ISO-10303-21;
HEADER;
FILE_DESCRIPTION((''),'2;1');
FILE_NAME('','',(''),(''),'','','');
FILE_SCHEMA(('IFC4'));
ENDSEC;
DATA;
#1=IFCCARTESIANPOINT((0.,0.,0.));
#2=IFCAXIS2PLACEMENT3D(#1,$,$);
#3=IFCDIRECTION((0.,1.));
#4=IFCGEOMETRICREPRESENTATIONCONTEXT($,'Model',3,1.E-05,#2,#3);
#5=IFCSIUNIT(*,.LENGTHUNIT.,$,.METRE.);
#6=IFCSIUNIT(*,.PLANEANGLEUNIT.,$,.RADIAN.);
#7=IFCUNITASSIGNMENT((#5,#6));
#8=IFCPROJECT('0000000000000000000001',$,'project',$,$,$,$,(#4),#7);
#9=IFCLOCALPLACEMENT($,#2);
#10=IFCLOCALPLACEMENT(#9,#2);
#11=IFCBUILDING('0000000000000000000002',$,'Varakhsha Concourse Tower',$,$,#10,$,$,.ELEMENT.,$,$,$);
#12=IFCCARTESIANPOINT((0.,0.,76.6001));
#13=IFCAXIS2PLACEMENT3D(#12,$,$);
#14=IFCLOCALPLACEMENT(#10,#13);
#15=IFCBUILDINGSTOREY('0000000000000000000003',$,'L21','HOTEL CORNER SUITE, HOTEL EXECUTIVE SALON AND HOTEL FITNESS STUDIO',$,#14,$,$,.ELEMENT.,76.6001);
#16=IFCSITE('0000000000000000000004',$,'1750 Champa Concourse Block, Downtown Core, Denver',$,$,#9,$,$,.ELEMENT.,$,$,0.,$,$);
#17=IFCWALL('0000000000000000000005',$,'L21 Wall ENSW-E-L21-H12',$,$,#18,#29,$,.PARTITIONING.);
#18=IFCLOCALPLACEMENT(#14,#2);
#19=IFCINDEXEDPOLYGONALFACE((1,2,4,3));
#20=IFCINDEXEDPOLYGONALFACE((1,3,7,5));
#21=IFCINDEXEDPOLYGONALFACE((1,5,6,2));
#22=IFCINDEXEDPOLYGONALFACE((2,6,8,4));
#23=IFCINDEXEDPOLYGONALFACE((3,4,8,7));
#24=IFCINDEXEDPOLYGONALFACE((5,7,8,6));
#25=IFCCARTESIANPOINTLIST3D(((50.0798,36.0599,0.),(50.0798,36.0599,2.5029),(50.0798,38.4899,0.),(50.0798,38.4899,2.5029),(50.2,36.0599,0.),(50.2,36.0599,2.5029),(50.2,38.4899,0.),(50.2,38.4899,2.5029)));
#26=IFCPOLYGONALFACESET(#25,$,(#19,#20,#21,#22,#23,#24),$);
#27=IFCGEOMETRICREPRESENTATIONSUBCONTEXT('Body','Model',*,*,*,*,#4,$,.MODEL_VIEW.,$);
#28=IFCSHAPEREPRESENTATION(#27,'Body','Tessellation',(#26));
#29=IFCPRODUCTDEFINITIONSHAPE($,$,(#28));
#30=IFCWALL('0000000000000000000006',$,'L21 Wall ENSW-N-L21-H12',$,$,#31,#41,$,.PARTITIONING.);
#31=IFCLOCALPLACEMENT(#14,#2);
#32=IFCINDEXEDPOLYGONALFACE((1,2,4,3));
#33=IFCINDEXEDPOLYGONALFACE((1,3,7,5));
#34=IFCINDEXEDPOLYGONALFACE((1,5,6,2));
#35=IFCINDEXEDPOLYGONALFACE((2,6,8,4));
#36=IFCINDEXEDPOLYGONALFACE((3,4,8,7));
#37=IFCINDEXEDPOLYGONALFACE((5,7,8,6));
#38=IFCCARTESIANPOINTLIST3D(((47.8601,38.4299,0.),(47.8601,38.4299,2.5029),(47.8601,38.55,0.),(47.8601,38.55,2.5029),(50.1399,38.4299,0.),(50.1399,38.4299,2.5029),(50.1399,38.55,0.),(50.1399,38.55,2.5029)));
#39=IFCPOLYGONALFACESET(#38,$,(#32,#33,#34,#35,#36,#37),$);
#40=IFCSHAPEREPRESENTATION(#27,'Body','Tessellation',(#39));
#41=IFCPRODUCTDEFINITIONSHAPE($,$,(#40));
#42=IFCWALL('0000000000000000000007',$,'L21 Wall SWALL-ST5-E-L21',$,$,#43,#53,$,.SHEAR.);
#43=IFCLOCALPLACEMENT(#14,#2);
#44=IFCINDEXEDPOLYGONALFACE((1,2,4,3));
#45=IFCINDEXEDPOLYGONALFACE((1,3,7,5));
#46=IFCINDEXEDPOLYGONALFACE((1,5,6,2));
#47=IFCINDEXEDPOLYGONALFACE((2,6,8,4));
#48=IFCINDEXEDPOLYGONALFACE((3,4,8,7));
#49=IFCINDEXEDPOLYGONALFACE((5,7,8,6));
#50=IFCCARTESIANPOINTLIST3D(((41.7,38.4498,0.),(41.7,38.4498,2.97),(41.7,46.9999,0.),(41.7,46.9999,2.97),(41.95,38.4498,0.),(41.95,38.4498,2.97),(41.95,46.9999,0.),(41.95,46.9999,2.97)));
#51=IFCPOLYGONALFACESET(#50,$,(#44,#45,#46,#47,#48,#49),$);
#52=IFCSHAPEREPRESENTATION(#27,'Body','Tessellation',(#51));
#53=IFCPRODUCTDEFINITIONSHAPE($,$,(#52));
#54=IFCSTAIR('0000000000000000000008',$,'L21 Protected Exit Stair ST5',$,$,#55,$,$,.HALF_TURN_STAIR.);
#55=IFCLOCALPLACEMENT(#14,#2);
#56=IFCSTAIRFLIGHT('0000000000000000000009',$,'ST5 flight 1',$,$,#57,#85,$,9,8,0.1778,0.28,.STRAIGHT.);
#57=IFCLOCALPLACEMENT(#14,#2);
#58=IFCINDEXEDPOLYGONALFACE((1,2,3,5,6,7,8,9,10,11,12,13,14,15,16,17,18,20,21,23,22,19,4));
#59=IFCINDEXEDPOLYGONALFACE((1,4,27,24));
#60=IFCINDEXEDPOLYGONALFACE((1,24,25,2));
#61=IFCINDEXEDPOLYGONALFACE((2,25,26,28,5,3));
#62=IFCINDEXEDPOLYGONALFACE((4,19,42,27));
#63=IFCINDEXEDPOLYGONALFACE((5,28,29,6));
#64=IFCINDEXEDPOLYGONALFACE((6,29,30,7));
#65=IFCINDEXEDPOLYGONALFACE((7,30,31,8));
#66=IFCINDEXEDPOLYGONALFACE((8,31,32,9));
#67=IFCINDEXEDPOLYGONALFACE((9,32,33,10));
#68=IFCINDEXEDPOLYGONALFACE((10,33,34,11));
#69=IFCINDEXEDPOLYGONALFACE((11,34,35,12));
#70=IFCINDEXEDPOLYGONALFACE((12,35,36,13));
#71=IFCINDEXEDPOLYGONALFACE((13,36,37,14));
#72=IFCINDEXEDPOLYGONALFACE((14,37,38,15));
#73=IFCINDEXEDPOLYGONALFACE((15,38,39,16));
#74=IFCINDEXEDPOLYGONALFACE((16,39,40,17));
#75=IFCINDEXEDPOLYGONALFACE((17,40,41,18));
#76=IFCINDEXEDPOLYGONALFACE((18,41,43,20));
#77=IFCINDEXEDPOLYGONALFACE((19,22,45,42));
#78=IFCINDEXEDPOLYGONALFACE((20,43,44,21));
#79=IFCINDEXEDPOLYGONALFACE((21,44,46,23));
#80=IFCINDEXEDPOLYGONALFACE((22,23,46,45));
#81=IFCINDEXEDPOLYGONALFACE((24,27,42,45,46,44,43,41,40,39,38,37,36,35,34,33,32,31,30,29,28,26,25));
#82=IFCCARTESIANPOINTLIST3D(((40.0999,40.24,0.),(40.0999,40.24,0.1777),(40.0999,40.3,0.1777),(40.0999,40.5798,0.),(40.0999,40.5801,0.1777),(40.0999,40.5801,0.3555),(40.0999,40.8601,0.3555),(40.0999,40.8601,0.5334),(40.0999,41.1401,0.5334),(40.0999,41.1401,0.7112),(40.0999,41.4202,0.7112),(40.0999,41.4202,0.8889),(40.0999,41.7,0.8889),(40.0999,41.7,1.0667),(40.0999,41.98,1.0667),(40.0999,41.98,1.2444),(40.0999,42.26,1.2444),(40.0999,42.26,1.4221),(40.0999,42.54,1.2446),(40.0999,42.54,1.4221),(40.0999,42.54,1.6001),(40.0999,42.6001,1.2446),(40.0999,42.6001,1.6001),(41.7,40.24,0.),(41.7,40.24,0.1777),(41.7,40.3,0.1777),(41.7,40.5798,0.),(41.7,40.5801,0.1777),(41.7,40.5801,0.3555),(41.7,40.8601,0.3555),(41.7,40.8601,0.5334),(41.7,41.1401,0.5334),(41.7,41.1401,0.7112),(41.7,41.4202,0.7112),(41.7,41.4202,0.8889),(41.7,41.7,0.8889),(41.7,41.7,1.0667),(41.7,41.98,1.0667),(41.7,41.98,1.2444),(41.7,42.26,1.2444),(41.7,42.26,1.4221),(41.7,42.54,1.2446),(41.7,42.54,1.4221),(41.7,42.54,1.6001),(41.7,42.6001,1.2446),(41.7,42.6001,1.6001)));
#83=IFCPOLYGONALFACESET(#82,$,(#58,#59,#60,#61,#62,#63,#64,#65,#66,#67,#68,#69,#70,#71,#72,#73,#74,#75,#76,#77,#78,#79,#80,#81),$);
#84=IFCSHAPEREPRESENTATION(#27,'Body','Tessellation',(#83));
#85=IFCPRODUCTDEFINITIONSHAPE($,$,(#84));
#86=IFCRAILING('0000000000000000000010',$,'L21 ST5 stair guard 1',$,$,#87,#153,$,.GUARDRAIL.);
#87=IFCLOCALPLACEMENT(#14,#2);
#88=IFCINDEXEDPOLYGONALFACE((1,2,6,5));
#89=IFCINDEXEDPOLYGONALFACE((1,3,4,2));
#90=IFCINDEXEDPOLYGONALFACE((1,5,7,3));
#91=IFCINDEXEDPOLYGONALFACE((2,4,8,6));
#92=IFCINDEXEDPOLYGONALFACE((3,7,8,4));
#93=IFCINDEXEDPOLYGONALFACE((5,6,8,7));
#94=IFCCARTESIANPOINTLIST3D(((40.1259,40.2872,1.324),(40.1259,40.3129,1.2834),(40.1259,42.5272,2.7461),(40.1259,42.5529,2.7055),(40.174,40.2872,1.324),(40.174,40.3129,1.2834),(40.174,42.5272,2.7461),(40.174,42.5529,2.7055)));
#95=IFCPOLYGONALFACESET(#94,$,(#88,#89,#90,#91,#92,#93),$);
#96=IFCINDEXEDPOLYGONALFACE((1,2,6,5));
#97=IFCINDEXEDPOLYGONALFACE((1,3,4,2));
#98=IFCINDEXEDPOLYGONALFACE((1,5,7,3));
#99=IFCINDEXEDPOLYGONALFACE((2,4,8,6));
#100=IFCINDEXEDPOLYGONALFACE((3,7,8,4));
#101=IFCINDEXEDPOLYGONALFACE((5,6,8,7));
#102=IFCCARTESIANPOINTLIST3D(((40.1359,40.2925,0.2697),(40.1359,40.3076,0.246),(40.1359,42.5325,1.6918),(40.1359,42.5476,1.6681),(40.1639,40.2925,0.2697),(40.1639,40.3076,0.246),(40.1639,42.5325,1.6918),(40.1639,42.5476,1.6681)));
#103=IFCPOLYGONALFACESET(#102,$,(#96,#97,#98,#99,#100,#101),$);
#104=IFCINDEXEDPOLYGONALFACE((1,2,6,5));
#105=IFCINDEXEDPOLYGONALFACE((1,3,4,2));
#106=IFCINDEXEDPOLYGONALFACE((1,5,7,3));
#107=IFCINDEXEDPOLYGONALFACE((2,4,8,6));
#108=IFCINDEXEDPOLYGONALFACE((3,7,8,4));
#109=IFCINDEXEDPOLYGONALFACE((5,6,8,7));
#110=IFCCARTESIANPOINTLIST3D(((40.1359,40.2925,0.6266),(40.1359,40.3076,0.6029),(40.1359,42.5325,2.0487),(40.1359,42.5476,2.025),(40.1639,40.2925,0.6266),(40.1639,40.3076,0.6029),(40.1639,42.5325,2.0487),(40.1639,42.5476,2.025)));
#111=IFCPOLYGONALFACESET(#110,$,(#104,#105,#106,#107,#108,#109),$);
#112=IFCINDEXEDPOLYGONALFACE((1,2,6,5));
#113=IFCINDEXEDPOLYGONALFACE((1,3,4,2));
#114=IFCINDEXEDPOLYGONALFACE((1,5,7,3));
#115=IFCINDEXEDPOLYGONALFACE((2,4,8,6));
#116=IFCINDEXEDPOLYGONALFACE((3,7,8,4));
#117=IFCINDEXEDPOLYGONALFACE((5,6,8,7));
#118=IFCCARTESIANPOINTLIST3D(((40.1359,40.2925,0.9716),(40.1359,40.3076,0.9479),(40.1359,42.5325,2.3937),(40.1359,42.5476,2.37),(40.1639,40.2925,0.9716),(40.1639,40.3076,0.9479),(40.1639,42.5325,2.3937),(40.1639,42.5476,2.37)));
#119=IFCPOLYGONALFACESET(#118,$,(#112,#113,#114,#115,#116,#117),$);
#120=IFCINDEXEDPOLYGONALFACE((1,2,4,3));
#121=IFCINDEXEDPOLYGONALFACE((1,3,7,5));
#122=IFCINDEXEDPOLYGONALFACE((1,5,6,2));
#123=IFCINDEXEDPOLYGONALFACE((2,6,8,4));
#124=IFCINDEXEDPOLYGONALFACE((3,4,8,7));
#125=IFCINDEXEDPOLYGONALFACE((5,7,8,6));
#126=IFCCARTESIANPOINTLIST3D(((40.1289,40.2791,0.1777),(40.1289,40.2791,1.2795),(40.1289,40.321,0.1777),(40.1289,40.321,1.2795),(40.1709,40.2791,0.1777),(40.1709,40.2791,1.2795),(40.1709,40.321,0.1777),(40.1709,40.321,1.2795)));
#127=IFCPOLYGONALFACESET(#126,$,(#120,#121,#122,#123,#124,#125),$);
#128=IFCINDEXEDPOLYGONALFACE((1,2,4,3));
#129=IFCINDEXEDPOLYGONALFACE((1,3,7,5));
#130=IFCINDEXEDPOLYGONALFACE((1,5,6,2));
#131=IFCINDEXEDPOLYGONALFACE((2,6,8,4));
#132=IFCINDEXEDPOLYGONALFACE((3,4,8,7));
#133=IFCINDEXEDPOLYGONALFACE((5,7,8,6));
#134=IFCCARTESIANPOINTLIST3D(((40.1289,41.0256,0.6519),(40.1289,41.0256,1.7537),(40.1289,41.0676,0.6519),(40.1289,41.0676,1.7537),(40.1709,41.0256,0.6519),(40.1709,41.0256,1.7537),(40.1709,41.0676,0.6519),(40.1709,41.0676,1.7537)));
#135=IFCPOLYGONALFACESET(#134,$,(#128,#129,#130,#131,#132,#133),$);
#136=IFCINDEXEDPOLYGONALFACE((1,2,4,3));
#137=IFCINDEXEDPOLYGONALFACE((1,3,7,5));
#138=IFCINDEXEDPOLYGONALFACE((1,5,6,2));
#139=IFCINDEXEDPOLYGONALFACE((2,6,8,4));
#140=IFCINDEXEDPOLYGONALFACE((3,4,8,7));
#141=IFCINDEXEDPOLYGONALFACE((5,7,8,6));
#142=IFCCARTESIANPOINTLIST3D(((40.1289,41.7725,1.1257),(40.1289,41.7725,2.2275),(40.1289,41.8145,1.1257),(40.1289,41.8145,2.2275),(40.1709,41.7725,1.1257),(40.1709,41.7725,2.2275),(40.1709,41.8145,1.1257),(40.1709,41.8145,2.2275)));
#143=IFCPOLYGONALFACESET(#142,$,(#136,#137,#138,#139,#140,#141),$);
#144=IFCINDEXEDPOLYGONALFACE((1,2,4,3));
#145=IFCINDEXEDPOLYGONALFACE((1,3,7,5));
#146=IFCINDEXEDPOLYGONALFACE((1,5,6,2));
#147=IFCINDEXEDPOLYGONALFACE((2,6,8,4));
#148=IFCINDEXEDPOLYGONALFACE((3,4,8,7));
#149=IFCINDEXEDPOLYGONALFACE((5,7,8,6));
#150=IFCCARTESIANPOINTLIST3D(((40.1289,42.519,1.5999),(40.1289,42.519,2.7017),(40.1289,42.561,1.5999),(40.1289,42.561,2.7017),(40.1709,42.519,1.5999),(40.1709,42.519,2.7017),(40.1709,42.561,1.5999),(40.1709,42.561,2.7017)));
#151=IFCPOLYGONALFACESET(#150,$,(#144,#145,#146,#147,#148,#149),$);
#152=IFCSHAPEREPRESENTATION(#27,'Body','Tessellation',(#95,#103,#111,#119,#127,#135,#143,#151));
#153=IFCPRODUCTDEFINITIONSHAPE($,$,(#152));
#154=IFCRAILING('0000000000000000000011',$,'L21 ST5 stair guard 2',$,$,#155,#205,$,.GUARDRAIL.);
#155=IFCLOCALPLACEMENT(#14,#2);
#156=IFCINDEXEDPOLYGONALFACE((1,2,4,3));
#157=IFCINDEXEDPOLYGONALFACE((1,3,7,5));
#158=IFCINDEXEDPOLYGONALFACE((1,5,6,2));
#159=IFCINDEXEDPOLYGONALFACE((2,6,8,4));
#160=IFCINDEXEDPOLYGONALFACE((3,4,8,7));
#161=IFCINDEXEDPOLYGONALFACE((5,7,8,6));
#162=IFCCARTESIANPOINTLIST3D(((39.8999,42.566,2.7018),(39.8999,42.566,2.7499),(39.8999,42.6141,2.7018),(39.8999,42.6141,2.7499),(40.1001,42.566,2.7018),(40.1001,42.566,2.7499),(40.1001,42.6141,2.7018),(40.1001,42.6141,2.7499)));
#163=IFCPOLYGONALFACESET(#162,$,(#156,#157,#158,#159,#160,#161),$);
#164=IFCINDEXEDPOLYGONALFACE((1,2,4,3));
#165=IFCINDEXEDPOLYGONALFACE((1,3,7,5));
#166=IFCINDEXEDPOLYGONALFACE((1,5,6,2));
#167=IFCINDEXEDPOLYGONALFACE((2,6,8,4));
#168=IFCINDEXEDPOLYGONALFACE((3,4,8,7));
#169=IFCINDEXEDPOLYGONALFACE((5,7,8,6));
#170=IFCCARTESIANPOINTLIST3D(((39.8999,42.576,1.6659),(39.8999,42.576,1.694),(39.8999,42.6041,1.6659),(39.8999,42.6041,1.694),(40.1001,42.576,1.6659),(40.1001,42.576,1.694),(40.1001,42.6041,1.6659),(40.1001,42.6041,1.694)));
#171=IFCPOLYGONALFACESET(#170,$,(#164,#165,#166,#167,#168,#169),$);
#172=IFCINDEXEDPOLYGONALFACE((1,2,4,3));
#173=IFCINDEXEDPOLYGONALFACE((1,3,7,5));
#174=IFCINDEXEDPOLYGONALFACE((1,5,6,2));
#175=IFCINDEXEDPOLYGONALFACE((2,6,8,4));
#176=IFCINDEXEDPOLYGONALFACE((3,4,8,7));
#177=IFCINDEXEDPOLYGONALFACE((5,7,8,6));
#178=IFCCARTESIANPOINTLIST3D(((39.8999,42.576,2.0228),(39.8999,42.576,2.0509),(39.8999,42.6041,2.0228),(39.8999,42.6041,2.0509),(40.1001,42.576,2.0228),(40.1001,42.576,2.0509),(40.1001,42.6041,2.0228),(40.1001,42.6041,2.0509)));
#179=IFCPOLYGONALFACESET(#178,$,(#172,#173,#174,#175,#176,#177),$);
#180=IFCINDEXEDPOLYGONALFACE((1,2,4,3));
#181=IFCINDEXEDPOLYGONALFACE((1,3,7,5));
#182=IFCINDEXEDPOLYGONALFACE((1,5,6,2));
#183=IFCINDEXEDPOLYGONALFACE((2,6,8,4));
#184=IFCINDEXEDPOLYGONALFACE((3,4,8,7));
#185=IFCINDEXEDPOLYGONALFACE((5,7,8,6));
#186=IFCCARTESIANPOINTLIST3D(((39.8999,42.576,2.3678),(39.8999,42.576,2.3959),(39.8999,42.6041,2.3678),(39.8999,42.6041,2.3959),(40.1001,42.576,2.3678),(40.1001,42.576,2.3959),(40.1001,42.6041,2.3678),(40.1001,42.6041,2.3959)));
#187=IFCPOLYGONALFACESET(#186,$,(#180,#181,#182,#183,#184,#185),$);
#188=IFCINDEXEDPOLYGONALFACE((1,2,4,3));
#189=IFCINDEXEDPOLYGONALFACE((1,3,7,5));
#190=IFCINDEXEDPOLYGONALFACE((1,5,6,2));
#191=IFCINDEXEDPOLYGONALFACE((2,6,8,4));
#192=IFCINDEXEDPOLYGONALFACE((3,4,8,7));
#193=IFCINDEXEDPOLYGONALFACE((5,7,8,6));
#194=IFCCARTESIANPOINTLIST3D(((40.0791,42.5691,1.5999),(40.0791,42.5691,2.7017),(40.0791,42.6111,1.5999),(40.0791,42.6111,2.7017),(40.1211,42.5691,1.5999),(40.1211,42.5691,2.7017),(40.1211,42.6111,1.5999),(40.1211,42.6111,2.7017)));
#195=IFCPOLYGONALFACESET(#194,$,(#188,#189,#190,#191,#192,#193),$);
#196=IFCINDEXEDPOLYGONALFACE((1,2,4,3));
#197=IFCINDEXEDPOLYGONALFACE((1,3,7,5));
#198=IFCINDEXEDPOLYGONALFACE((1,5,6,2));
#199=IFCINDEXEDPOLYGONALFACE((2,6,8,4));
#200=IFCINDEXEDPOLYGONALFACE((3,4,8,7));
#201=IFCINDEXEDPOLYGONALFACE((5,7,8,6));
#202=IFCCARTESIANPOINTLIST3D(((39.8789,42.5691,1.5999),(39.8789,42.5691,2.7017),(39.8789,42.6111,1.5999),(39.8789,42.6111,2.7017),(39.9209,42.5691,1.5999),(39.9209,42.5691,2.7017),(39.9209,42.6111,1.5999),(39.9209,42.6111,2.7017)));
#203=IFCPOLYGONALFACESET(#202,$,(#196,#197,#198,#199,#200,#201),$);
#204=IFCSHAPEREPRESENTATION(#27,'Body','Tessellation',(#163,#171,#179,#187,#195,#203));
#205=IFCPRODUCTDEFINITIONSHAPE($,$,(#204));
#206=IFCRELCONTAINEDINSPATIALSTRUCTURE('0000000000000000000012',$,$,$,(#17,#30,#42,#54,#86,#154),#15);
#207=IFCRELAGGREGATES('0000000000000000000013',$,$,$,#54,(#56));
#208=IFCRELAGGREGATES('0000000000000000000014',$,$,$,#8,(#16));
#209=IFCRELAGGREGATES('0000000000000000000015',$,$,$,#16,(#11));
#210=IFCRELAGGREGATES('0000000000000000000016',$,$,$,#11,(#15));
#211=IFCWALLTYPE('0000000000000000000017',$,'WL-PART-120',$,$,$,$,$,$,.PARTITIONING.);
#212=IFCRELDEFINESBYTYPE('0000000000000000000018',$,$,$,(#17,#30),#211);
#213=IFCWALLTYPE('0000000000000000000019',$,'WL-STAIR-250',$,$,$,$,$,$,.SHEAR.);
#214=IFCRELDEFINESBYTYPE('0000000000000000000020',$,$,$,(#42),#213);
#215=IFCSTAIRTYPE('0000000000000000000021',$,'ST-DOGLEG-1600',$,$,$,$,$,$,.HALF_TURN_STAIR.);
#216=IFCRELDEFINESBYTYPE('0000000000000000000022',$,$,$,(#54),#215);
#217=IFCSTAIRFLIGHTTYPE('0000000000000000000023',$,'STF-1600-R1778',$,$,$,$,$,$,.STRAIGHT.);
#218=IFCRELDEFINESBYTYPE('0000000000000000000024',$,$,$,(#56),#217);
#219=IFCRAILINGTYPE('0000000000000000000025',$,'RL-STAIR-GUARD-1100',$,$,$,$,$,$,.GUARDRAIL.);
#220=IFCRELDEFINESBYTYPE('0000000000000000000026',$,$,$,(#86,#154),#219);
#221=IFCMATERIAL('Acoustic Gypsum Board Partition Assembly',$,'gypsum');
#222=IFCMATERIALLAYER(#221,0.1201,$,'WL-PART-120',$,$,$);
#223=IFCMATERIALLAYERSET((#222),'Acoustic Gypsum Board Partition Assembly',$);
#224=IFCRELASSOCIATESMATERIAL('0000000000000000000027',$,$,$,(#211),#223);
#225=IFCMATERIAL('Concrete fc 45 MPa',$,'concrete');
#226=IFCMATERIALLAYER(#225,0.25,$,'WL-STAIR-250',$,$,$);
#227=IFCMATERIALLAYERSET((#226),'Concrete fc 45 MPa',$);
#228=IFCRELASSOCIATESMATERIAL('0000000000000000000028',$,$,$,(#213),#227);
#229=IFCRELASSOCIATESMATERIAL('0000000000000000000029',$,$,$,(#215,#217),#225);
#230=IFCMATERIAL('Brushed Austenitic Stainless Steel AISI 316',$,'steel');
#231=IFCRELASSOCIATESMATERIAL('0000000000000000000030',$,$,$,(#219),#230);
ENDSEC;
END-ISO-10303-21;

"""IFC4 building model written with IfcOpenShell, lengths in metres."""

from ifc_helpers import new_model, si_unit, direction, frame, frame_2d, origin, origin_2d, place, context, subcontext, project, spatial, polyline, rectangle, outline, extrude, material, layer, layer_set, type_object, element, aggregate, save


model = new_model("IFC4")

# Units and contexts
model_context = context("Model", 3, precision=1e-05, world=origin(), true_north=direction((0.0, 1.0)))
body_context = subcontext(model_context, "Body", "Model", "MODEL_VIEW")
ifc_project = project(units=[si_unit("LENGTHUNIT", "METRE"), si_unit("PLANEANGLEUNIT", "RADIAN")], contexts=[model_context])

# Site, building, storey
site_placement = place(None, origin())
site = spatial("IfcSite", under=ifc_project, at=site_placement, Name="1750 Champa Concourse Block, Downtown Core, Denver", CompositionType="ELEMENT", RefElevation=0.0)
building_placement = place(site_placement, origin())
building = spatial("IfcBuilding", under=site, at=building_placement, Name="Varakhsha Concourse Tower", CompositionType="ELEMENT")
storey_placement = place(building_placement, frame((0.0, 0.0, 76.6001)))
storey = spatial("IfcBuildingStorey", under=building, at=storey_placement, Name="L21", Description="HOTEL CORNER SUITE, HOTEL EXECUTIVE SALON AND HOTEL FITNESS STUDIO", CompositionType="ELEMENT", Elevation=76.6001)

# Shared definitions
ifc_material_1 = material(Name="Concrete fc 45 MPa", Category="concrete")

# Shared definitions
ifc_material_2 = material(Name="Acoustic Gypsum Board Partition Assembly", Category="gypsum")
ifc_layer_1 = layer(ifc_material_2, 0.1201, Name="WL-PART-120")
ifc_layer_set_1 = layer_set([ifc_layer_1], Name="Acoustic Gypsum Board Partition Assembly")
wall_type_1 = type_object("IfcWallType", Name="WL-PART-120", PredefinedType="PARTITIONING", material=ifc_layer_set_1)

# Walls
wall_1_placement = place(storey_placement, frame((50.1399, 36.0601, 0.0), z_axis=(0.0, 0.0, 1.0), x_axis=(0.0, 1.0, 0.0)))
element("IfcWall", 1, at=wall_1_placement, inside=storey, type_object=wall_type_1, Name="L21 Wall ENSW-E-L21-H12", PredefinedType="PARTITIONING", context=body_context, shape_type="SweptSolid", body=[
    extrude(rectangle(XDim=2.4299, YDim=0.1201, at=frame_2d((1.2148, 0.0))), origin(), (0.0, 0.0, 1.0), 2.5029),
])
wall_2_placement = place(storey_placement, frame((47.8601, 38.49, 0.0), z_axis=(0.0, 0.0, 1.0), x_axis=(1.0, 0.0, 0.0)))
element("IfcWall", 2, at=wall_2_placement, inside=storey, type_object=wall_type_1, Name="L21 Wall ENSW-N-L21-H12", PredefinedType="PARTITIONING", context=body_context, shape_type="SweptSolid", body=[
    extrude(rectangle(XDim=2.2798, YDim=0.1201, at=frame_2d((1.1399, 0.0))), origin(), (0.0, 0.0, 1.0), 2.5029),
])
ifc_layer_2 = layer(ifc_material_1, 0.25, Name="WL-STAIR-250")
ifc_layer_set_2 = layer_set([ifc_layer_2], Name="Concrete fc 45 MPa")
wall_type_2 = type_object("IfcWallType", Name="WL-STAIR-250", PredefinedType="SHEAR", material=ifc_layer_set_2)
wall_3_placement = place(storey_placement, frame((41.825, 38.45, 0.0), z_axis=(0.0, 0.0, 1.0), x_axis=(0.0, 1.0, 0.0)))
element("IfcWall", 3, at=wall_3_placement, inside=storey, type_object=wall_type_2, Name="L21 Wall SWALL-ST5-E-L21", PredefinedType="SHEAR", context=body_context, shape_type="SweptSolid", body=[
    extrude(rectangle(XDim=8.55, YDim=0.25, at=frame_2d((4.2749, 0.0))), origin(), (0.0, 0.0, 1.0), 2.97),
])

# Stair, stair flight
stair_type = type_object("IfcStairType", Name="ST-DOGLEG-1600", PredefinedType="HALF_TURN_STAIR", material=ifc_material_1)
stair_placement = place(storey_placement, origin())
stair = element("IfcStair", 4, at=stair_placement, inside=storey, type_object=stair_type, Name="L21 Protected Exit Stair ST5", PredefinedType="HALF_TURN_STAIR")
stair_flight_type = type_object("IfcStairFlightType", Name="STF-1600-R1778", PredefinedType="STRAIGHT", material=ifc_material_1)
stair_flight_placement = place(storey_placement, frame((40.8999, 40.3, 0.0), z_axis=(0.0, 0.0, 1.0), x_axis=(0.0, 1.0, 0.0)))
stair_flight = element("IfcStairFlight", 5, at=stair_flight_placement, type_object=stair_flight_type, Name="ST5 flight 1", NumberOfRisers=9, NumberOfTreads=8, PredefinedType="STRAIGHT", RiserHeight=0.1778, TreadLength=0.28, context=body_context, shape_type="SweptSolid", body=[
    extrude(outline(polyline([(-0.0601, 0.0), (-0.0601, 0.1777), (0.0, 0.1777), (0.28, 0.1777), (0.28, 0.3555), (0.5601, 0.3555), (0.5601, 0.5334), (0.8401, 0.5334), (0.8401, 0.7112), (1.1201, 0.7112), (1.1201, 0.8889), (1.3999, 0.8889), (1.3999, 1.0667), (1.6799, 1.0667), (1.6799, 1.2444), (1.96, 1.2444), (1.96, 1.4221), (2.24, 1.4221), (2.24, 1.6001), (2.3, 1.6001), (2.3, 1.2446), (2.24, 1.2446), (0.2798, 0.0), (-0.0601, 0.0)])), frame((0.0, 0.8, 0.0), z_axis=(0.0, -1.0, 0.0), x_axis=(1.0, 0.0, 0.0)), (0.0, 0.0, 1.0), 1.6001),
])
aggregate(stair, [stair_flight])

# Railings
ifc_material_3 = material(Name="Brushed Austenitic Stainless Steel AISI 316", Category="steel")
railing_type_1 = type_object("IfcRailingType", Name="RL-STAIR-GUARD-1100", PredefinedType="GUARDRAIL", material=ifc_material_3)
railing_1_placement = place(storey_placement, frame((40.1499, 40.3, 0.1777)))
element("IfcRailing", 6, at=railing_1_placement, inside=storey, type_object=railing_type_1, Name="L21 ST5 stair guard 1", PredefinedType="GUARDRAIL", context=body_context, shape_type="SweptSolid", body=[
    extrude(rectangle(XDim=0.0481, YDim=0.0481, at=origin_2d()), frame((0.0, 0.0, 1.126), z_axis=(0.0, 0.844229, 0.535982), x_axis=(-1.0, 0.0, 0.0)), (0.0, 0.0, 1.0), 2.6533),
    extrude(rectangle(XDim=0.0281, YDim=0.0281, at=origin_2d()), frame((0.0, 0.0, 0.0801), z_axis=(0.0, 0.844229, 0.535982), x_axis=(-1.0, 0.0, 0.0)), (0.0, 0.0, 1.0), 2.6533),
    extrude(rectangle(XDim=0.0281, YDim=0.0281, at=origin_2d()), frame((0.0, 0.0, 0.437), z_axis=(0.0, 0.844229, 0.535982), x_axis=(-1.0, 0.0, 0.0)), (0.0, 0.0, 1.0), 2.6533),
    extrude(rectangle(XDim=0.0281, YDim=0.0281, at=origin_2d()), frame((0.0, 0.0, 0.782), z_axis=(0.0, 0.844229, 0.535982), x_axis=(-1.0, 0.0, 0.0)), (0.0, 0.0, 1.0), 2.6533),
    extrude(rectangle(XDim=0.042, YDim=0.042, at=origin_2d()), origin(), (0.0, 0.0, 1.0), 1.1018),
    extrude(rectangle(XDim=0.042, YDim=0.042, at=origin_2d()), frame((0.0, 0.7466, 0.4741)), (0.0, 0.0, 1.0), 1.1018),
    extrude(rectangle(XDim=0.042, YDim=0.042, at=origin_2d()), frame((0.0, 1.4934, 0.948)), (0.0, 0.0, 1.0), 1.1018),
    extrude(rectangle(XDim=0.042, YDim=0.042, at=origin_2d()), frame((0.0, 2.24, 1.4221)), (0.0, 0.0, 1.0), 1.1018),
])
for number, where, name in (
    (7, (40.1001, 42.5901, 1.5999), "L21 ST5 stair guard 2"),
):
    element("IfcRailing", number, at=place(storey_placement, frame(where)), inside=storey, type_object=railing_type_1, Name=name, PredefinedType="GUARDRAIL", context=body_context, shape_type="SweptSolid", body=[
        extrude(rectangle(XDim=0.0481, YDim=0.0481, at=origin_2d()), frame((0.0, 0.0, 1.126), z_axis=(-1.0, 0.0, 0.0), x_axis=(0.0, -1.0, 0.0)), (0.0, 0.0, 1.0), 0.2002),
        extrude(rectangle(XDim=0.0281, YDim=0.0281, at=origin_2d()), frame((0.0, 0.0, 0.0801), z_axis=(-1.0, 0.0, 0.0), x_axis=(0.0, -1.0, 0.0)), (0.0, 0.0, 1.0), 0.2002),
        extrude(rectangle(XDim=0.0281, YDim=0.0281, at=origin_2d()), frame((0.0, 0.0, 0.437), z_axis=(-1.0, 0.0, 0.0), x_axis=(0.0, -1.0, 0.0)), (0.0, 0.0, 1.0), 0.2002),
        extrude(rectangle(XDim=0.0281, YDim=0.0281, at=origin_2d()), frame((0.0, 0.0, 0.782), z_axis=(-1.0, 0.0, 0.0), x_axis=(0.0, -1.0, 0.0)), (0.0, 0.0, 1.0), 0.2002),
        extrude(rectangle(XDim=0.042, YDim=0.042, at=origin_2d()), origin(), (0.0, 0.0, 1.0), 1.1018),
        extrude(rectangle(XDim=0.042, YDim=0.042, at=origin_2d()), frame((-0.2002, 0.0, 0.0)), (0.0, 0.0, 1.0), 1.1018),
    ])

save(model, "model.ifc")
